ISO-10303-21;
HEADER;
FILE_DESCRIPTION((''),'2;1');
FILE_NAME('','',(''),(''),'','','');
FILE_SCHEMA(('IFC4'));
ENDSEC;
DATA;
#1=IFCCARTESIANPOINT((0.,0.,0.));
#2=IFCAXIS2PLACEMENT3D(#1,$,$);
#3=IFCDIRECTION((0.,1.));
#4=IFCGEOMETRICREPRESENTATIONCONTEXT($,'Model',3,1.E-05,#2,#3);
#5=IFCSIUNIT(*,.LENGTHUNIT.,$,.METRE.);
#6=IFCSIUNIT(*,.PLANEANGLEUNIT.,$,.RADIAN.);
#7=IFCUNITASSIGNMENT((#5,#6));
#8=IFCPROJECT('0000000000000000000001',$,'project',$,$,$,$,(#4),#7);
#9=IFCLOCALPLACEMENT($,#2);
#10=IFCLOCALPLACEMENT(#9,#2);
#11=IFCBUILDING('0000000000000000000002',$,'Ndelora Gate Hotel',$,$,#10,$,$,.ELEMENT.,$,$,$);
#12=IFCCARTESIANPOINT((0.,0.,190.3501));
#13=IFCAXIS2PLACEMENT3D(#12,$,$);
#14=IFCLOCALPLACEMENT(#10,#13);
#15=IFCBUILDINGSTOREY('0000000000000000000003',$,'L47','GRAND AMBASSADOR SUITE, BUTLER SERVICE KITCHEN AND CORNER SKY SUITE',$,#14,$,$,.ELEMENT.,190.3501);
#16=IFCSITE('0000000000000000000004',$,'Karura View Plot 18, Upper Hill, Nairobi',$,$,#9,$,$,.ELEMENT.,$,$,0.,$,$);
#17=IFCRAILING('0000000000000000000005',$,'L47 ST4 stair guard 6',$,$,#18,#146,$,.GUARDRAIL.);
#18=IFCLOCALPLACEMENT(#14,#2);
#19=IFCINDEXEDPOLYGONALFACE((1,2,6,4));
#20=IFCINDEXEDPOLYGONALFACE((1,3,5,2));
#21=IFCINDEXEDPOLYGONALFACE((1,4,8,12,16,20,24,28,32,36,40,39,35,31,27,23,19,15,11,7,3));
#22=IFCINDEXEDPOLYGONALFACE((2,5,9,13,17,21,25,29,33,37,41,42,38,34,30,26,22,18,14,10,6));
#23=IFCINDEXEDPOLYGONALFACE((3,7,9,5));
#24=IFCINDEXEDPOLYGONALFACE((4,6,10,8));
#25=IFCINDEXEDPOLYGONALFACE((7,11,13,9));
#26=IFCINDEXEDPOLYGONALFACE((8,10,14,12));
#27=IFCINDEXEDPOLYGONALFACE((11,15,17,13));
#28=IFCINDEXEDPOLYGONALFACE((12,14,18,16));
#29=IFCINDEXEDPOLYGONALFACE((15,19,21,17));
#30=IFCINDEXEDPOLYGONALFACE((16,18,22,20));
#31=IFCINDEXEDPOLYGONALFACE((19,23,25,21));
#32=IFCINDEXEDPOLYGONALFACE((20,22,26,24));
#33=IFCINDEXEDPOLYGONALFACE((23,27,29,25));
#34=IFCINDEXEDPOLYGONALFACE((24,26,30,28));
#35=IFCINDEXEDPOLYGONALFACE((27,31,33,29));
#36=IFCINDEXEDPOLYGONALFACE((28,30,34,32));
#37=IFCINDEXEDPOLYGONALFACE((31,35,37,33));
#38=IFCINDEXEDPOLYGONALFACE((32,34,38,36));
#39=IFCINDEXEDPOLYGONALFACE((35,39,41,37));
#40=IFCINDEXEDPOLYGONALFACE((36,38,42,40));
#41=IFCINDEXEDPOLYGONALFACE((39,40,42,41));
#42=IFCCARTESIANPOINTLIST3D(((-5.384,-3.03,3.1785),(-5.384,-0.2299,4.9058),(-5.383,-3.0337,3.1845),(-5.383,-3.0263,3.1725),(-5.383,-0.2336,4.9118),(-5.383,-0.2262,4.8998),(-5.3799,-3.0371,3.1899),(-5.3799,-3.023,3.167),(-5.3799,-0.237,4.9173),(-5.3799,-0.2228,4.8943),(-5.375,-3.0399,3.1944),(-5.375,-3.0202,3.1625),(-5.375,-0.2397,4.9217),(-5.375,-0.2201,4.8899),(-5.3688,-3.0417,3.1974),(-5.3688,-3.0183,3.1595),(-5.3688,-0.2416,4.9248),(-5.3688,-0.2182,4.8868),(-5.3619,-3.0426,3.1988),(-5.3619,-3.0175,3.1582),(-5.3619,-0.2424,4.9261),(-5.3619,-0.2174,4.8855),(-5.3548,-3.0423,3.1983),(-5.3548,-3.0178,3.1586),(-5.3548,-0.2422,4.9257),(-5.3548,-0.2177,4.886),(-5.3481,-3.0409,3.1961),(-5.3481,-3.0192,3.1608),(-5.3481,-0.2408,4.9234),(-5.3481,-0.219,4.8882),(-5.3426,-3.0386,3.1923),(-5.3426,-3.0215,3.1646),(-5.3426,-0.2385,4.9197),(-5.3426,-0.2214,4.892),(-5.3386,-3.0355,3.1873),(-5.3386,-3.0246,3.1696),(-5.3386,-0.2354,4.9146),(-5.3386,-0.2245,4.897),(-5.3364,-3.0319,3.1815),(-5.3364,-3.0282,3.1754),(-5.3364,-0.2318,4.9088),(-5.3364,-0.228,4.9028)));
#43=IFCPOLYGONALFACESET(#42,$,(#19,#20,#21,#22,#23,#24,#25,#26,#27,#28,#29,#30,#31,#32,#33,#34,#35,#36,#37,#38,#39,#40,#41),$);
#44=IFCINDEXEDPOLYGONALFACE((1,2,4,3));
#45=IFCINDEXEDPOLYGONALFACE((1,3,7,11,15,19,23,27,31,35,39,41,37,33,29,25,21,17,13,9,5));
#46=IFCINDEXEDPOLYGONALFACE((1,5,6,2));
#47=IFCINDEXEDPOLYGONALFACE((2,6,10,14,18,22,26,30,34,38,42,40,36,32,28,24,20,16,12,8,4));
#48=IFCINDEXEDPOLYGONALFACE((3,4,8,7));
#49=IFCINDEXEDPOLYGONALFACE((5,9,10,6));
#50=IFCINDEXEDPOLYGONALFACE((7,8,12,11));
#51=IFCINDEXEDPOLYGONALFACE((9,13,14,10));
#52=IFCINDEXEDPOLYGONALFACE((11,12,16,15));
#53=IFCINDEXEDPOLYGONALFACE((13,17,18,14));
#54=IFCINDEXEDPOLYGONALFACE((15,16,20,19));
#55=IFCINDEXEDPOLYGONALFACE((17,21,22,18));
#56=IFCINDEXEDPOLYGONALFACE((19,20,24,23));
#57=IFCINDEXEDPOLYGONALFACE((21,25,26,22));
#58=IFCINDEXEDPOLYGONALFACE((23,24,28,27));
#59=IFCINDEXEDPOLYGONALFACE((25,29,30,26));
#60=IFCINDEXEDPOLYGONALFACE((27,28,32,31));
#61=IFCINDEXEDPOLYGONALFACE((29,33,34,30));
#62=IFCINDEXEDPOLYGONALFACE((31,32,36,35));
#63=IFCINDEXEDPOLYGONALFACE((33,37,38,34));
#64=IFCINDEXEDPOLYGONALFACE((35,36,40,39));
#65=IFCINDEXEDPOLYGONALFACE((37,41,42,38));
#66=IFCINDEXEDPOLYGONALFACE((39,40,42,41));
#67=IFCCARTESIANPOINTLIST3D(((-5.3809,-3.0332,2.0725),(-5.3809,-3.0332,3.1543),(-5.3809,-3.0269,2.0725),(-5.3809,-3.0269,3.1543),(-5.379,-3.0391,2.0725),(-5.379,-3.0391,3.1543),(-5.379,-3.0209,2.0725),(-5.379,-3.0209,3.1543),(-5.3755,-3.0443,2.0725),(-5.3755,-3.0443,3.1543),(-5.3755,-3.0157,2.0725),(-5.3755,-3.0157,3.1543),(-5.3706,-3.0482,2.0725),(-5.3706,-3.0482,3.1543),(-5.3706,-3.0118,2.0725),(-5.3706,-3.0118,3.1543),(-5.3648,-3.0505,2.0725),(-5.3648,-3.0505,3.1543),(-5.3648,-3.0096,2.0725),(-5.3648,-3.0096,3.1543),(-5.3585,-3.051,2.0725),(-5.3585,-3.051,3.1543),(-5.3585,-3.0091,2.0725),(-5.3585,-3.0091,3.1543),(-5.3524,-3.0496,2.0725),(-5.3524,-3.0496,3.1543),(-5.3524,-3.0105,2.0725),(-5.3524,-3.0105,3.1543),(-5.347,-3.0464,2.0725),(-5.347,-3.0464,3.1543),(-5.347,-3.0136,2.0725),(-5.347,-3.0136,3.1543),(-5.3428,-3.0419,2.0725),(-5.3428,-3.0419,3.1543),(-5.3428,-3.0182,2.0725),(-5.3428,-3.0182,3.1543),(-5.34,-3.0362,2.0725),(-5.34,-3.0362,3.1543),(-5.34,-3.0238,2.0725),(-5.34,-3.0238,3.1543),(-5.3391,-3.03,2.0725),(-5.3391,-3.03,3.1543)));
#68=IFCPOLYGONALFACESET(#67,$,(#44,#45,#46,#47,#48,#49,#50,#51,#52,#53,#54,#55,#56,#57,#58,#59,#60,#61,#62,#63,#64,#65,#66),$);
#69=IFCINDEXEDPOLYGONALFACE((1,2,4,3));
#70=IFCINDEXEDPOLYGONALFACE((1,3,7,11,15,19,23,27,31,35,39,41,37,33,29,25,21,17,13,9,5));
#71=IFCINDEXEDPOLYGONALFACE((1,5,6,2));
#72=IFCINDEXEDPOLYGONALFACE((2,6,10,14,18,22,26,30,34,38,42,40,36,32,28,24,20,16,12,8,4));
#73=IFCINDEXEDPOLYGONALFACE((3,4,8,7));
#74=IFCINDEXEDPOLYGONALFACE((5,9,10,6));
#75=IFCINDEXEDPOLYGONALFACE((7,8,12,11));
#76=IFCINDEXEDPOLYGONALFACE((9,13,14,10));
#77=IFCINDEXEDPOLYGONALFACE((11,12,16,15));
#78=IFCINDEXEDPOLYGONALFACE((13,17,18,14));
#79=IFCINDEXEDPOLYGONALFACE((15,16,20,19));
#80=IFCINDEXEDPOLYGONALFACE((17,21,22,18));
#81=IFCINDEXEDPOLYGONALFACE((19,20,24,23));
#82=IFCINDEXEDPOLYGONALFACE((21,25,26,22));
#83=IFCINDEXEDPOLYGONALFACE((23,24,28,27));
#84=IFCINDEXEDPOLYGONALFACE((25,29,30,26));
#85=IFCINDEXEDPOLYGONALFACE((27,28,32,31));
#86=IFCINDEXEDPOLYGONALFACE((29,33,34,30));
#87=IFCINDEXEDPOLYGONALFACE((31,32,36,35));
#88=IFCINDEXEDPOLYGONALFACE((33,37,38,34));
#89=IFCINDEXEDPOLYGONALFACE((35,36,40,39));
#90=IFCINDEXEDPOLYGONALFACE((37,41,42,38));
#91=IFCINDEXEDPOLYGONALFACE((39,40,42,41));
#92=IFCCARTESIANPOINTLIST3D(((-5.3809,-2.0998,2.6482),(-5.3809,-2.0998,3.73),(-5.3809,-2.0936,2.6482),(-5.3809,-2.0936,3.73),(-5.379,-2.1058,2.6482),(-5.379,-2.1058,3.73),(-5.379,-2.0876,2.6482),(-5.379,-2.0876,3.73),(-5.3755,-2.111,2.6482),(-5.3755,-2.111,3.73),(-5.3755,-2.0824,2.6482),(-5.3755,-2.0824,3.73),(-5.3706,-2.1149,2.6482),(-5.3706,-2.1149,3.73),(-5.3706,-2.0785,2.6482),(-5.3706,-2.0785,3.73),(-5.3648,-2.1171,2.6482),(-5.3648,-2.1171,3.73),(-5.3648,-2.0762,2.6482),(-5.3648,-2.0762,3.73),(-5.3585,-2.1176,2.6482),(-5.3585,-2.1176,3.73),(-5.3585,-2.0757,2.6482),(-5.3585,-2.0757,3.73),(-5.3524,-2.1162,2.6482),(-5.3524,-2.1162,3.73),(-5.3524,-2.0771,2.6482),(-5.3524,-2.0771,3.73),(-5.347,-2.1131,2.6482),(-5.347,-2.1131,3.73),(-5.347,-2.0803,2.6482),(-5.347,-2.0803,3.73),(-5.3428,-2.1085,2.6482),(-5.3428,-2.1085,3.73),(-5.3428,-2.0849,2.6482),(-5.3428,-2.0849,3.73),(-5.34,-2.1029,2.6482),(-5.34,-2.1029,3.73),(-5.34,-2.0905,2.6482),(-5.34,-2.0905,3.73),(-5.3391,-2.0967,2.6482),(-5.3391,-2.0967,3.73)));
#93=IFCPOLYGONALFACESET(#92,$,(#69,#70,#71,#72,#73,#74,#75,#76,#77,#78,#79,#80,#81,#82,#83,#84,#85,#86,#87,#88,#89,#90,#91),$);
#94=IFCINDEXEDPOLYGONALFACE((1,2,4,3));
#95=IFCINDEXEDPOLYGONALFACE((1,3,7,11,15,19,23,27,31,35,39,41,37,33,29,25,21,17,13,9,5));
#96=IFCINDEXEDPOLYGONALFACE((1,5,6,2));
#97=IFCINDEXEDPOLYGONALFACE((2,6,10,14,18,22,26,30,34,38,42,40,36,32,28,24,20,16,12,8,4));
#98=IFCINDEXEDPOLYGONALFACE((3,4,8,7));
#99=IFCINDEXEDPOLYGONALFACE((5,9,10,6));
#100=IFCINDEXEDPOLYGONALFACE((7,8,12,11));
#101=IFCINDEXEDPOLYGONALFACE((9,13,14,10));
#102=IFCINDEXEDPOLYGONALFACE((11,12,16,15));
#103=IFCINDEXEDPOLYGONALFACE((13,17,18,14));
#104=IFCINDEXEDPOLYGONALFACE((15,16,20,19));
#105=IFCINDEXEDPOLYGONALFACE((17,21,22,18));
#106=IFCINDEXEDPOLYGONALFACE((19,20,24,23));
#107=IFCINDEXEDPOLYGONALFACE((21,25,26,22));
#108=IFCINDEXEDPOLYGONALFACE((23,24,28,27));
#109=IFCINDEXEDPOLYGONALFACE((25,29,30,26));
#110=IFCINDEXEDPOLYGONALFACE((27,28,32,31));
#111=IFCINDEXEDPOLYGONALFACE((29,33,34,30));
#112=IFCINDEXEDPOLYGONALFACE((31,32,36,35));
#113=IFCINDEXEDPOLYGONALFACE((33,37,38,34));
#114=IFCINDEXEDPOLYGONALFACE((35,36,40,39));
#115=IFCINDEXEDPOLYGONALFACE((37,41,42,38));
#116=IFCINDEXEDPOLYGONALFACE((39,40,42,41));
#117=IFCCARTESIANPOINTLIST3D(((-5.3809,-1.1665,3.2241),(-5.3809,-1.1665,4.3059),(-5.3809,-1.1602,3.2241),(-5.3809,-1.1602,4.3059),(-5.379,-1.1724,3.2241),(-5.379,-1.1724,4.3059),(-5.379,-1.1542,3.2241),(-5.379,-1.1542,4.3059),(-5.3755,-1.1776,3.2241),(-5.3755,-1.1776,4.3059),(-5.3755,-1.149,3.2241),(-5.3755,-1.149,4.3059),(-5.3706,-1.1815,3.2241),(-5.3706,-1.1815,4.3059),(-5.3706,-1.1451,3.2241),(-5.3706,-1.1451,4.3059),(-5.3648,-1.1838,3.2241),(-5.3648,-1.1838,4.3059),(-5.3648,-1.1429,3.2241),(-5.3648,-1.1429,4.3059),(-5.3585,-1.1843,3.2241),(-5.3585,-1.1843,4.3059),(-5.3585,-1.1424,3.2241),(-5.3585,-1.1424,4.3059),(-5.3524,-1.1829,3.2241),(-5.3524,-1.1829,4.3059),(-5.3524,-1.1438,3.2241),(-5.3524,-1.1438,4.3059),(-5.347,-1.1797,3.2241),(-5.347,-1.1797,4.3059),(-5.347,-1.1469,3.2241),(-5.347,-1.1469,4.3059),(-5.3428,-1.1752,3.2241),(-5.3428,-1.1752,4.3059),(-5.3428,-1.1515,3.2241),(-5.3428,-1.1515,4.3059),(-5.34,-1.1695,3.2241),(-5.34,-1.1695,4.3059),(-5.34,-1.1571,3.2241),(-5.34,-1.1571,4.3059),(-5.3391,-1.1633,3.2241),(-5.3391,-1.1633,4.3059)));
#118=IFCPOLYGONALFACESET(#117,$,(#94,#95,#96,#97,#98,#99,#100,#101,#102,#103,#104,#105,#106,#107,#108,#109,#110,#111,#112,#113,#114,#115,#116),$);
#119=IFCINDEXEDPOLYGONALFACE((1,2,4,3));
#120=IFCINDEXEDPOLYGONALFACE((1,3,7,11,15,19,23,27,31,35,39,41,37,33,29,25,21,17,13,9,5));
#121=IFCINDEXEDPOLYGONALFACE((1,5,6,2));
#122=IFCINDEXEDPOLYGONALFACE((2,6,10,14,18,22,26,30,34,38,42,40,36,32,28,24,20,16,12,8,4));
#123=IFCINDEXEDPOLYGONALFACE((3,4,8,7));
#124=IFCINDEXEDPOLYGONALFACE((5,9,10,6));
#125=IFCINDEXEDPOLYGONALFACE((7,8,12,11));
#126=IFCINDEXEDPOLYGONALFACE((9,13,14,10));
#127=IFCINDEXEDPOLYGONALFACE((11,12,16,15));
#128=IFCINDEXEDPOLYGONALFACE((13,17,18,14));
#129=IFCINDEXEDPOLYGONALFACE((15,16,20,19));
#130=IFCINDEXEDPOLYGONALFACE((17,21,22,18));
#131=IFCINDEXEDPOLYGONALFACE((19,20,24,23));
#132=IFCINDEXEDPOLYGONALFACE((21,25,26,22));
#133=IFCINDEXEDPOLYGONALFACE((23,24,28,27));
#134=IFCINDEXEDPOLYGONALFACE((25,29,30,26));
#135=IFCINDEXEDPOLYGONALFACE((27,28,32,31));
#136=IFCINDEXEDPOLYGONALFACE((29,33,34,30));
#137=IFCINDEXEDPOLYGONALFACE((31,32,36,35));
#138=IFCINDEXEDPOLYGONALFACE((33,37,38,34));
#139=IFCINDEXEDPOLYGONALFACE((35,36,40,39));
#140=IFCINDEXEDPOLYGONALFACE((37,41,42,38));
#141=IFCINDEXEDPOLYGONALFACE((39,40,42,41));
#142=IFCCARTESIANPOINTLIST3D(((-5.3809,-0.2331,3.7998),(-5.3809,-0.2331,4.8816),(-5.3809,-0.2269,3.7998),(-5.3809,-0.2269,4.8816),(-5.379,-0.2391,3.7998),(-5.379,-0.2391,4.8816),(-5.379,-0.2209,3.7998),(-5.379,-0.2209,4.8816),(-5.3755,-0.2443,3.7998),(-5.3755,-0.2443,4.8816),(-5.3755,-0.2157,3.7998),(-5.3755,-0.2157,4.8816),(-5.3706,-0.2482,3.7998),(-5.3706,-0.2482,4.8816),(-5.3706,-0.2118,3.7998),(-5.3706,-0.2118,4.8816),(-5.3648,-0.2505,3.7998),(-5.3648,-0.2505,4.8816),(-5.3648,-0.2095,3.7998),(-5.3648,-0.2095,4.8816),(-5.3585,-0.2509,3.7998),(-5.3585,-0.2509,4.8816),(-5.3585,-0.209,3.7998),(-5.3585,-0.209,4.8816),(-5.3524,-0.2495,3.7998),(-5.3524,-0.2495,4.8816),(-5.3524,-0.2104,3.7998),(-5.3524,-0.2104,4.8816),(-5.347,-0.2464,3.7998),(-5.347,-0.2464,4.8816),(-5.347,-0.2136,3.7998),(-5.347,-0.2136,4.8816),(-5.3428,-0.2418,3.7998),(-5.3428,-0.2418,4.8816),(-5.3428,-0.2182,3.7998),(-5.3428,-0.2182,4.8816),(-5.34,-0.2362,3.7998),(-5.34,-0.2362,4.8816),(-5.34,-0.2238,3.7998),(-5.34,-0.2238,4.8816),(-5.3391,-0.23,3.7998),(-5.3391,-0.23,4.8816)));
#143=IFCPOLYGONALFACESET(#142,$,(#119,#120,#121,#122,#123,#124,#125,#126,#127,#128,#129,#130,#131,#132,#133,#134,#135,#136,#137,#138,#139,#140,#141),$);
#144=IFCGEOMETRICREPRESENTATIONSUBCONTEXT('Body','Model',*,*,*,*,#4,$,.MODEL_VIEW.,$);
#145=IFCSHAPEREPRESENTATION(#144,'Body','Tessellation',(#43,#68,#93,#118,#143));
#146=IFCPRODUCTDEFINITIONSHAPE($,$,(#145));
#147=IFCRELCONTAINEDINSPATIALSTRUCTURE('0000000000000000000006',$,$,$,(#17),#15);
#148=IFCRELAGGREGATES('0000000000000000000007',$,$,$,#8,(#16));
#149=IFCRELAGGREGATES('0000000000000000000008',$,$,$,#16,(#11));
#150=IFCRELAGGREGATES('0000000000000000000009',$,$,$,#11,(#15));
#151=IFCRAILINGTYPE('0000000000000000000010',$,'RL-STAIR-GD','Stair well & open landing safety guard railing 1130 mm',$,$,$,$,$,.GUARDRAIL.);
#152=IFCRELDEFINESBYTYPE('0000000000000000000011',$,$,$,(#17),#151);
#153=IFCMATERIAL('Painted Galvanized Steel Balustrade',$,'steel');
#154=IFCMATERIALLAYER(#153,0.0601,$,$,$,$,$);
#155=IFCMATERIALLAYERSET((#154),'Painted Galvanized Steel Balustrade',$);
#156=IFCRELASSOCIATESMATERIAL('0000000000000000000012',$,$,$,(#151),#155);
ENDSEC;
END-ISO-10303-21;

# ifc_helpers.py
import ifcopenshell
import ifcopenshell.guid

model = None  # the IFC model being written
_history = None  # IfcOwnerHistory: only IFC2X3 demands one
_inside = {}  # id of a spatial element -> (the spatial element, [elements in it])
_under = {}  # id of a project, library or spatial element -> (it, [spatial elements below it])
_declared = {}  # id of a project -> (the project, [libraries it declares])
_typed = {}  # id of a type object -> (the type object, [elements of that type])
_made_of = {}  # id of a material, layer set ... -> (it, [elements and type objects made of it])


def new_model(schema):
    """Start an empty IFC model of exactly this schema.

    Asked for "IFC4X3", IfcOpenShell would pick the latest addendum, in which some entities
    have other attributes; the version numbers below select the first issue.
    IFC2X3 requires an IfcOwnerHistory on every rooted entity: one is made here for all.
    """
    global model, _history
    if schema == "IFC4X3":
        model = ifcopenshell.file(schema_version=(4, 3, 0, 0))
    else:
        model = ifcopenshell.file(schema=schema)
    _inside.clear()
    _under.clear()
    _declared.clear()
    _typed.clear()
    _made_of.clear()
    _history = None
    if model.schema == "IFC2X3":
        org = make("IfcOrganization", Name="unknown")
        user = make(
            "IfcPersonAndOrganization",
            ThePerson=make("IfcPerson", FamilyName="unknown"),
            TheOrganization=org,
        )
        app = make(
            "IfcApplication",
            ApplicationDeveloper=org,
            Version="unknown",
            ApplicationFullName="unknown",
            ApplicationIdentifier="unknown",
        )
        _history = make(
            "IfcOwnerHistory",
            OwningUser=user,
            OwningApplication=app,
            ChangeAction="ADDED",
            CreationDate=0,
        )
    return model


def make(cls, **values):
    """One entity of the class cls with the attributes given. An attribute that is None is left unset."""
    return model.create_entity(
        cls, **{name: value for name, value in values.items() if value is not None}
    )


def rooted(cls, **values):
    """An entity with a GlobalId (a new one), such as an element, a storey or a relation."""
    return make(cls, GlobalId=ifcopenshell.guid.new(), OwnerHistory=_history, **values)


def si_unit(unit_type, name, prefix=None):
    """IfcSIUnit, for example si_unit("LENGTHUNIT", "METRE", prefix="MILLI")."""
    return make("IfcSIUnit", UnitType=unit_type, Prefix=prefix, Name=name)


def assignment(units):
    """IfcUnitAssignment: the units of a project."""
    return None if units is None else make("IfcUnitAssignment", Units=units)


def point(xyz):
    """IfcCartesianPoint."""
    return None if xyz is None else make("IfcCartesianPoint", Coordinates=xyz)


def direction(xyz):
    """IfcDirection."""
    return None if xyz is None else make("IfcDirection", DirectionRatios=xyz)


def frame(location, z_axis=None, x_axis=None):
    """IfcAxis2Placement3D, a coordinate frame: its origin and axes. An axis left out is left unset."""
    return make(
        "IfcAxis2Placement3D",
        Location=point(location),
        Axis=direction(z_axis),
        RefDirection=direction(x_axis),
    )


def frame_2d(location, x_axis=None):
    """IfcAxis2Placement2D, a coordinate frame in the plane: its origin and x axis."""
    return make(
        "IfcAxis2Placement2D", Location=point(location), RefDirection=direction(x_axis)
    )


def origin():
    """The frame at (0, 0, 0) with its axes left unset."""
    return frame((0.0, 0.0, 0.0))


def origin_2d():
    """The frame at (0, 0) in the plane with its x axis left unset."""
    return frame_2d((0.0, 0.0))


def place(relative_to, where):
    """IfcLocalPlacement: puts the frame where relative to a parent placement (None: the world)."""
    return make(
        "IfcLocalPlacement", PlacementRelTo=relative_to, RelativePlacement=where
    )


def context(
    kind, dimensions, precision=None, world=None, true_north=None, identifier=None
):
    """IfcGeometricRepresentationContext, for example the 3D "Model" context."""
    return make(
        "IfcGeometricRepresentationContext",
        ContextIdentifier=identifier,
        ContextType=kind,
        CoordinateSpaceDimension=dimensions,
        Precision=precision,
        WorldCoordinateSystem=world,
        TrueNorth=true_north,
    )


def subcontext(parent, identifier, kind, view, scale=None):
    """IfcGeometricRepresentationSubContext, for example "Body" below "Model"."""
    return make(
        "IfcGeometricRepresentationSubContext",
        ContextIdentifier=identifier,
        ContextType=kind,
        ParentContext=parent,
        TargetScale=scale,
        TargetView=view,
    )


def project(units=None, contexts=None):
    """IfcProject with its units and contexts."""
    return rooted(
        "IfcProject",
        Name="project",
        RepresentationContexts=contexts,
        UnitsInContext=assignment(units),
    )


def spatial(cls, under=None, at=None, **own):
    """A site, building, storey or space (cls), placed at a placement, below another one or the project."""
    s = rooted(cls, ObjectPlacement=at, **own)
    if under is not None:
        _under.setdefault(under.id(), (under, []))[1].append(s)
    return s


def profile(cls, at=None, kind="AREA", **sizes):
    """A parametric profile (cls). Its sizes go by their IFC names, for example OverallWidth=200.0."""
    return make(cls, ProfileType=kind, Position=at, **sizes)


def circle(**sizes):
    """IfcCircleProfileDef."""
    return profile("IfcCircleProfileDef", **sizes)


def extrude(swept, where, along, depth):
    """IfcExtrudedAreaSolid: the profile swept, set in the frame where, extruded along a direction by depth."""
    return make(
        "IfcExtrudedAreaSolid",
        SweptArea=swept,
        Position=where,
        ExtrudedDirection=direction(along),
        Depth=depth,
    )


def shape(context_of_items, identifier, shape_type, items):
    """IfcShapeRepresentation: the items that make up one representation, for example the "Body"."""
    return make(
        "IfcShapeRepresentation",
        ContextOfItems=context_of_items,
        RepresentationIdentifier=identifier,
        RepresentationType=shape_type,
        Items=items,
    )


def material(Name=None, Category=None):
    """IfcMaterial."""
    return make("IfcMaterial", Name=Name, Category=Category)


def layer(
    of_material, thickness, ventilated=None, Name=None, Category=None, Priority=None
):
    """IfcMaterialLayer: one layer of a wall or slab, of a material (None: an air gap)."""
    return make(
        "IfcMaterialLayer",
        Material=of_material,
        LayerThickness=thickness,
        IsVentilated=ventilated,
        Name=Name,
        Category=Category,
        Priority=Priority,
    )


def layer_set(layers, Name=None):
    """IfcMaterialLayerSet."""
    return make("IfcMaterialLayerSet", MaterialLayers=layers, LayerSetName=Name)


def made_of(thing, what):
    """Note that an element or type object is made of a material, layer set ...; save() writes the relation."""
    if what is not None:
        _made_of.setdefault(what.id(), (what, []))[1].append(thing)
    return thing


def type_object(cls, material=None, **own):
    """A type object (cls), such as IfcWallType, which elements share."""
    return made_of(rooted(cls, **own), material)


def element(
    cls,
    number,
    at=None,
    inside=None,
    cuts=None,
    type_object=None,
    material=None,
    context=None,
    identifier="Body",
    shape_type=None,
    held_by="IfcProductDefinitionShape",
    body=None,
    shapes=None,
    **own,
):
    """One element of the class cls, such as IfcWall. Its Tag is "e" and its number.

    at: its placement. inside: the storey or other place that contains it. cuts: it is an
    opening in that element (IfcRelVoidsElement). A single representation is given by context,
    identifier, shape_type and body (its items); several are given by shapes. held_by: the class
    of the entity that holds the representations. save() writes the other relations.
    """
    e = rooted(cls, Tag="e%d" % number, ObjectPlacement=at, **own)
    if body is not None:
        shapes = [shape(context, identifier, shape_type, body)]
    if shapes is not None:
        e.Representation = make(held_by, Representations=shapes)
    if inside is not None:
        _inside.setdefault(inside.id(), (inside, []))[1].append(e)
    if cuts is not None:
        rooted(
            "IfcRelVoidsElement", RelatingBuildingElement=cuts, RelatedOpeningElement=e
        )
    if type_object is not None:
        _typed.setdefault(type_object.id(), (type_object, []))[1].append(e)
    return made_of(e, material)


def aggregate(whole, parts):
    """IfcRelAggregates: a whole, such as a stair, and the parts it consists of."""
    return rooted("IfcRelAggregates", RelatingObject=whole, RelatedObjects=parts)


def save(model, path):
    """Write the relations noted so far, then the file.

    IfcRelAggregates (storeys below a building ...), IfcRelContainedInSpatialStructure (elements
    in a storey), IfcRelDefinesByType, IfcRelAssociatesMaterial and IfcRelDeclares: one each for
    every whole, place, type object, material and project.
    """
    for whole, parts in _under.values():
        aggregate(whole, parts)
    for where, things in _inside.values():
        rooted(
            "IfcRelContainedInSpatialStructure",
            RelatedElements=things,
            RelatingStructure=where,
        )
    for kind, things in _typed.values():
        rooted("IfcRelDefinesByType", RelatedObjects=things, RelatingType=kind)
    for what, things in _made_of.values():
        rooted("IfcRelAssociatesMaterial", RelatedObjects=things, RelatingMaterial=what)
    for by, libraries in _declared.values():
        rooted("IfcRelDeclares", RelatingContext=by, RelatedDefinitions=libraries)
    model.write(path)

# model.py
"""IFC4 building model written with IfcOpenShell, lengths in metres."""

from ifc_helpers import new_model, si_unit, direction, frame, origin, origin_2d, place, context, subcontext, project, spatial, circle, extrude, material, layer, layer_set, type_object, element, save


model = new_model("IFC4")

# Units and contexts
model_context = context("Model", 3, precision=1e-05, world=origin(), true_north=direction((0.0, 1.0)))
body_context = subcontext(model_context, "Body", "Model", "MODEL_VIEW")
ifc_project = project(units=[si_unit("LENGTHUNIT", "METRE"), si_unit("PLANEANGLEUNIT", "RADIAN")], contexts=[model_context])

# Site, building, storey
site_placement = place(None, origin())
site = spatial("IfcSite", under=ifc_project, at=site_placement, Name="Karura View Plot 18, Upper Hill, Nairobi", CompositionType="ELEMENT", RefElevation=0.0)
building_placement = place(site_placement, origin())
building = spatial("IfcBuilding", under=site, at=building_placement, Name="Ndelora Gate Hotel", CompositionType="ELEMENT")
storey_placement = place(building_placement, frame((0.0, 0.0, 190.3501)))
storey = spatial("IfcBuildingStorey", under=building, at=storey_placement, Name="L47", Description="GRAND AMBASSADOR SUITE, BUTLER SERVICE KITCHEN AND CORNER SKY SUITE", CompositionType="ELEMENT", Elevation=190.3501)

# Railing
ifc_material_1 = material(Name="Painted Galvanized Steel Balustrade", Category="steel")
ifc_layer_1 = layer(ifc_material_1, 0.0601)
ifc_layer_set_1 = layer_set([ifc_layer_1], Name="Painted Galvanized Steel Balustrade")
railing_type_1 = type_object("IfcRailingType", Name="RL-STAIR-GD", Description="Stair well & open landing safety guard railing 1130 mm", PredefinedType="GUARDRAIL", material=ifc_layer_set_1)
railing_1_placement = place(storey_placement, frame((-5.3601, -3.03, 2.0725)))
element("IfcRailing", 1, at=railing_1_placement, inside=storey, type_object=railing_type_1, Name="L47 ST4 stair guard 6", PredefinedType="GUARDRAIL", context=body_context, shape_type="SweptSolid", body=[
    extrude(circle(Radius=0.0239, at=origin_2d()), frame((0.0, 0.0, 1.106), z_axis=(0.0, 0.85109, 0.52502), x_axis=(-1.0, 0.0, 0.0)), (0.0, 0.0, 1.0), 3.29),
    extrude(circle(Radius=0.021, at=origin_2d()), origin(), (0.0, 0.0, 1.0), 1.0818),
    extrude(circle(Radius=0.021, at=origin_2d()), frame((0.0, 0.9333, 0.5757)), (0.0, 0.0, 1.0), 1.0818),
    extrude(circle(Radius=0.021, at=origin_2d()), frame((0.0, 1.8667, 1.1516)), (0.0, 0.0, 1.0), 1.0818),
    extrude(circle(Radius=0.021, at=origin_2d()), frame((0.0, 2.8, 1.7273)), (0.0, 0.0, 1.0), 1.0818),
])

save(model, "model.ifc")
